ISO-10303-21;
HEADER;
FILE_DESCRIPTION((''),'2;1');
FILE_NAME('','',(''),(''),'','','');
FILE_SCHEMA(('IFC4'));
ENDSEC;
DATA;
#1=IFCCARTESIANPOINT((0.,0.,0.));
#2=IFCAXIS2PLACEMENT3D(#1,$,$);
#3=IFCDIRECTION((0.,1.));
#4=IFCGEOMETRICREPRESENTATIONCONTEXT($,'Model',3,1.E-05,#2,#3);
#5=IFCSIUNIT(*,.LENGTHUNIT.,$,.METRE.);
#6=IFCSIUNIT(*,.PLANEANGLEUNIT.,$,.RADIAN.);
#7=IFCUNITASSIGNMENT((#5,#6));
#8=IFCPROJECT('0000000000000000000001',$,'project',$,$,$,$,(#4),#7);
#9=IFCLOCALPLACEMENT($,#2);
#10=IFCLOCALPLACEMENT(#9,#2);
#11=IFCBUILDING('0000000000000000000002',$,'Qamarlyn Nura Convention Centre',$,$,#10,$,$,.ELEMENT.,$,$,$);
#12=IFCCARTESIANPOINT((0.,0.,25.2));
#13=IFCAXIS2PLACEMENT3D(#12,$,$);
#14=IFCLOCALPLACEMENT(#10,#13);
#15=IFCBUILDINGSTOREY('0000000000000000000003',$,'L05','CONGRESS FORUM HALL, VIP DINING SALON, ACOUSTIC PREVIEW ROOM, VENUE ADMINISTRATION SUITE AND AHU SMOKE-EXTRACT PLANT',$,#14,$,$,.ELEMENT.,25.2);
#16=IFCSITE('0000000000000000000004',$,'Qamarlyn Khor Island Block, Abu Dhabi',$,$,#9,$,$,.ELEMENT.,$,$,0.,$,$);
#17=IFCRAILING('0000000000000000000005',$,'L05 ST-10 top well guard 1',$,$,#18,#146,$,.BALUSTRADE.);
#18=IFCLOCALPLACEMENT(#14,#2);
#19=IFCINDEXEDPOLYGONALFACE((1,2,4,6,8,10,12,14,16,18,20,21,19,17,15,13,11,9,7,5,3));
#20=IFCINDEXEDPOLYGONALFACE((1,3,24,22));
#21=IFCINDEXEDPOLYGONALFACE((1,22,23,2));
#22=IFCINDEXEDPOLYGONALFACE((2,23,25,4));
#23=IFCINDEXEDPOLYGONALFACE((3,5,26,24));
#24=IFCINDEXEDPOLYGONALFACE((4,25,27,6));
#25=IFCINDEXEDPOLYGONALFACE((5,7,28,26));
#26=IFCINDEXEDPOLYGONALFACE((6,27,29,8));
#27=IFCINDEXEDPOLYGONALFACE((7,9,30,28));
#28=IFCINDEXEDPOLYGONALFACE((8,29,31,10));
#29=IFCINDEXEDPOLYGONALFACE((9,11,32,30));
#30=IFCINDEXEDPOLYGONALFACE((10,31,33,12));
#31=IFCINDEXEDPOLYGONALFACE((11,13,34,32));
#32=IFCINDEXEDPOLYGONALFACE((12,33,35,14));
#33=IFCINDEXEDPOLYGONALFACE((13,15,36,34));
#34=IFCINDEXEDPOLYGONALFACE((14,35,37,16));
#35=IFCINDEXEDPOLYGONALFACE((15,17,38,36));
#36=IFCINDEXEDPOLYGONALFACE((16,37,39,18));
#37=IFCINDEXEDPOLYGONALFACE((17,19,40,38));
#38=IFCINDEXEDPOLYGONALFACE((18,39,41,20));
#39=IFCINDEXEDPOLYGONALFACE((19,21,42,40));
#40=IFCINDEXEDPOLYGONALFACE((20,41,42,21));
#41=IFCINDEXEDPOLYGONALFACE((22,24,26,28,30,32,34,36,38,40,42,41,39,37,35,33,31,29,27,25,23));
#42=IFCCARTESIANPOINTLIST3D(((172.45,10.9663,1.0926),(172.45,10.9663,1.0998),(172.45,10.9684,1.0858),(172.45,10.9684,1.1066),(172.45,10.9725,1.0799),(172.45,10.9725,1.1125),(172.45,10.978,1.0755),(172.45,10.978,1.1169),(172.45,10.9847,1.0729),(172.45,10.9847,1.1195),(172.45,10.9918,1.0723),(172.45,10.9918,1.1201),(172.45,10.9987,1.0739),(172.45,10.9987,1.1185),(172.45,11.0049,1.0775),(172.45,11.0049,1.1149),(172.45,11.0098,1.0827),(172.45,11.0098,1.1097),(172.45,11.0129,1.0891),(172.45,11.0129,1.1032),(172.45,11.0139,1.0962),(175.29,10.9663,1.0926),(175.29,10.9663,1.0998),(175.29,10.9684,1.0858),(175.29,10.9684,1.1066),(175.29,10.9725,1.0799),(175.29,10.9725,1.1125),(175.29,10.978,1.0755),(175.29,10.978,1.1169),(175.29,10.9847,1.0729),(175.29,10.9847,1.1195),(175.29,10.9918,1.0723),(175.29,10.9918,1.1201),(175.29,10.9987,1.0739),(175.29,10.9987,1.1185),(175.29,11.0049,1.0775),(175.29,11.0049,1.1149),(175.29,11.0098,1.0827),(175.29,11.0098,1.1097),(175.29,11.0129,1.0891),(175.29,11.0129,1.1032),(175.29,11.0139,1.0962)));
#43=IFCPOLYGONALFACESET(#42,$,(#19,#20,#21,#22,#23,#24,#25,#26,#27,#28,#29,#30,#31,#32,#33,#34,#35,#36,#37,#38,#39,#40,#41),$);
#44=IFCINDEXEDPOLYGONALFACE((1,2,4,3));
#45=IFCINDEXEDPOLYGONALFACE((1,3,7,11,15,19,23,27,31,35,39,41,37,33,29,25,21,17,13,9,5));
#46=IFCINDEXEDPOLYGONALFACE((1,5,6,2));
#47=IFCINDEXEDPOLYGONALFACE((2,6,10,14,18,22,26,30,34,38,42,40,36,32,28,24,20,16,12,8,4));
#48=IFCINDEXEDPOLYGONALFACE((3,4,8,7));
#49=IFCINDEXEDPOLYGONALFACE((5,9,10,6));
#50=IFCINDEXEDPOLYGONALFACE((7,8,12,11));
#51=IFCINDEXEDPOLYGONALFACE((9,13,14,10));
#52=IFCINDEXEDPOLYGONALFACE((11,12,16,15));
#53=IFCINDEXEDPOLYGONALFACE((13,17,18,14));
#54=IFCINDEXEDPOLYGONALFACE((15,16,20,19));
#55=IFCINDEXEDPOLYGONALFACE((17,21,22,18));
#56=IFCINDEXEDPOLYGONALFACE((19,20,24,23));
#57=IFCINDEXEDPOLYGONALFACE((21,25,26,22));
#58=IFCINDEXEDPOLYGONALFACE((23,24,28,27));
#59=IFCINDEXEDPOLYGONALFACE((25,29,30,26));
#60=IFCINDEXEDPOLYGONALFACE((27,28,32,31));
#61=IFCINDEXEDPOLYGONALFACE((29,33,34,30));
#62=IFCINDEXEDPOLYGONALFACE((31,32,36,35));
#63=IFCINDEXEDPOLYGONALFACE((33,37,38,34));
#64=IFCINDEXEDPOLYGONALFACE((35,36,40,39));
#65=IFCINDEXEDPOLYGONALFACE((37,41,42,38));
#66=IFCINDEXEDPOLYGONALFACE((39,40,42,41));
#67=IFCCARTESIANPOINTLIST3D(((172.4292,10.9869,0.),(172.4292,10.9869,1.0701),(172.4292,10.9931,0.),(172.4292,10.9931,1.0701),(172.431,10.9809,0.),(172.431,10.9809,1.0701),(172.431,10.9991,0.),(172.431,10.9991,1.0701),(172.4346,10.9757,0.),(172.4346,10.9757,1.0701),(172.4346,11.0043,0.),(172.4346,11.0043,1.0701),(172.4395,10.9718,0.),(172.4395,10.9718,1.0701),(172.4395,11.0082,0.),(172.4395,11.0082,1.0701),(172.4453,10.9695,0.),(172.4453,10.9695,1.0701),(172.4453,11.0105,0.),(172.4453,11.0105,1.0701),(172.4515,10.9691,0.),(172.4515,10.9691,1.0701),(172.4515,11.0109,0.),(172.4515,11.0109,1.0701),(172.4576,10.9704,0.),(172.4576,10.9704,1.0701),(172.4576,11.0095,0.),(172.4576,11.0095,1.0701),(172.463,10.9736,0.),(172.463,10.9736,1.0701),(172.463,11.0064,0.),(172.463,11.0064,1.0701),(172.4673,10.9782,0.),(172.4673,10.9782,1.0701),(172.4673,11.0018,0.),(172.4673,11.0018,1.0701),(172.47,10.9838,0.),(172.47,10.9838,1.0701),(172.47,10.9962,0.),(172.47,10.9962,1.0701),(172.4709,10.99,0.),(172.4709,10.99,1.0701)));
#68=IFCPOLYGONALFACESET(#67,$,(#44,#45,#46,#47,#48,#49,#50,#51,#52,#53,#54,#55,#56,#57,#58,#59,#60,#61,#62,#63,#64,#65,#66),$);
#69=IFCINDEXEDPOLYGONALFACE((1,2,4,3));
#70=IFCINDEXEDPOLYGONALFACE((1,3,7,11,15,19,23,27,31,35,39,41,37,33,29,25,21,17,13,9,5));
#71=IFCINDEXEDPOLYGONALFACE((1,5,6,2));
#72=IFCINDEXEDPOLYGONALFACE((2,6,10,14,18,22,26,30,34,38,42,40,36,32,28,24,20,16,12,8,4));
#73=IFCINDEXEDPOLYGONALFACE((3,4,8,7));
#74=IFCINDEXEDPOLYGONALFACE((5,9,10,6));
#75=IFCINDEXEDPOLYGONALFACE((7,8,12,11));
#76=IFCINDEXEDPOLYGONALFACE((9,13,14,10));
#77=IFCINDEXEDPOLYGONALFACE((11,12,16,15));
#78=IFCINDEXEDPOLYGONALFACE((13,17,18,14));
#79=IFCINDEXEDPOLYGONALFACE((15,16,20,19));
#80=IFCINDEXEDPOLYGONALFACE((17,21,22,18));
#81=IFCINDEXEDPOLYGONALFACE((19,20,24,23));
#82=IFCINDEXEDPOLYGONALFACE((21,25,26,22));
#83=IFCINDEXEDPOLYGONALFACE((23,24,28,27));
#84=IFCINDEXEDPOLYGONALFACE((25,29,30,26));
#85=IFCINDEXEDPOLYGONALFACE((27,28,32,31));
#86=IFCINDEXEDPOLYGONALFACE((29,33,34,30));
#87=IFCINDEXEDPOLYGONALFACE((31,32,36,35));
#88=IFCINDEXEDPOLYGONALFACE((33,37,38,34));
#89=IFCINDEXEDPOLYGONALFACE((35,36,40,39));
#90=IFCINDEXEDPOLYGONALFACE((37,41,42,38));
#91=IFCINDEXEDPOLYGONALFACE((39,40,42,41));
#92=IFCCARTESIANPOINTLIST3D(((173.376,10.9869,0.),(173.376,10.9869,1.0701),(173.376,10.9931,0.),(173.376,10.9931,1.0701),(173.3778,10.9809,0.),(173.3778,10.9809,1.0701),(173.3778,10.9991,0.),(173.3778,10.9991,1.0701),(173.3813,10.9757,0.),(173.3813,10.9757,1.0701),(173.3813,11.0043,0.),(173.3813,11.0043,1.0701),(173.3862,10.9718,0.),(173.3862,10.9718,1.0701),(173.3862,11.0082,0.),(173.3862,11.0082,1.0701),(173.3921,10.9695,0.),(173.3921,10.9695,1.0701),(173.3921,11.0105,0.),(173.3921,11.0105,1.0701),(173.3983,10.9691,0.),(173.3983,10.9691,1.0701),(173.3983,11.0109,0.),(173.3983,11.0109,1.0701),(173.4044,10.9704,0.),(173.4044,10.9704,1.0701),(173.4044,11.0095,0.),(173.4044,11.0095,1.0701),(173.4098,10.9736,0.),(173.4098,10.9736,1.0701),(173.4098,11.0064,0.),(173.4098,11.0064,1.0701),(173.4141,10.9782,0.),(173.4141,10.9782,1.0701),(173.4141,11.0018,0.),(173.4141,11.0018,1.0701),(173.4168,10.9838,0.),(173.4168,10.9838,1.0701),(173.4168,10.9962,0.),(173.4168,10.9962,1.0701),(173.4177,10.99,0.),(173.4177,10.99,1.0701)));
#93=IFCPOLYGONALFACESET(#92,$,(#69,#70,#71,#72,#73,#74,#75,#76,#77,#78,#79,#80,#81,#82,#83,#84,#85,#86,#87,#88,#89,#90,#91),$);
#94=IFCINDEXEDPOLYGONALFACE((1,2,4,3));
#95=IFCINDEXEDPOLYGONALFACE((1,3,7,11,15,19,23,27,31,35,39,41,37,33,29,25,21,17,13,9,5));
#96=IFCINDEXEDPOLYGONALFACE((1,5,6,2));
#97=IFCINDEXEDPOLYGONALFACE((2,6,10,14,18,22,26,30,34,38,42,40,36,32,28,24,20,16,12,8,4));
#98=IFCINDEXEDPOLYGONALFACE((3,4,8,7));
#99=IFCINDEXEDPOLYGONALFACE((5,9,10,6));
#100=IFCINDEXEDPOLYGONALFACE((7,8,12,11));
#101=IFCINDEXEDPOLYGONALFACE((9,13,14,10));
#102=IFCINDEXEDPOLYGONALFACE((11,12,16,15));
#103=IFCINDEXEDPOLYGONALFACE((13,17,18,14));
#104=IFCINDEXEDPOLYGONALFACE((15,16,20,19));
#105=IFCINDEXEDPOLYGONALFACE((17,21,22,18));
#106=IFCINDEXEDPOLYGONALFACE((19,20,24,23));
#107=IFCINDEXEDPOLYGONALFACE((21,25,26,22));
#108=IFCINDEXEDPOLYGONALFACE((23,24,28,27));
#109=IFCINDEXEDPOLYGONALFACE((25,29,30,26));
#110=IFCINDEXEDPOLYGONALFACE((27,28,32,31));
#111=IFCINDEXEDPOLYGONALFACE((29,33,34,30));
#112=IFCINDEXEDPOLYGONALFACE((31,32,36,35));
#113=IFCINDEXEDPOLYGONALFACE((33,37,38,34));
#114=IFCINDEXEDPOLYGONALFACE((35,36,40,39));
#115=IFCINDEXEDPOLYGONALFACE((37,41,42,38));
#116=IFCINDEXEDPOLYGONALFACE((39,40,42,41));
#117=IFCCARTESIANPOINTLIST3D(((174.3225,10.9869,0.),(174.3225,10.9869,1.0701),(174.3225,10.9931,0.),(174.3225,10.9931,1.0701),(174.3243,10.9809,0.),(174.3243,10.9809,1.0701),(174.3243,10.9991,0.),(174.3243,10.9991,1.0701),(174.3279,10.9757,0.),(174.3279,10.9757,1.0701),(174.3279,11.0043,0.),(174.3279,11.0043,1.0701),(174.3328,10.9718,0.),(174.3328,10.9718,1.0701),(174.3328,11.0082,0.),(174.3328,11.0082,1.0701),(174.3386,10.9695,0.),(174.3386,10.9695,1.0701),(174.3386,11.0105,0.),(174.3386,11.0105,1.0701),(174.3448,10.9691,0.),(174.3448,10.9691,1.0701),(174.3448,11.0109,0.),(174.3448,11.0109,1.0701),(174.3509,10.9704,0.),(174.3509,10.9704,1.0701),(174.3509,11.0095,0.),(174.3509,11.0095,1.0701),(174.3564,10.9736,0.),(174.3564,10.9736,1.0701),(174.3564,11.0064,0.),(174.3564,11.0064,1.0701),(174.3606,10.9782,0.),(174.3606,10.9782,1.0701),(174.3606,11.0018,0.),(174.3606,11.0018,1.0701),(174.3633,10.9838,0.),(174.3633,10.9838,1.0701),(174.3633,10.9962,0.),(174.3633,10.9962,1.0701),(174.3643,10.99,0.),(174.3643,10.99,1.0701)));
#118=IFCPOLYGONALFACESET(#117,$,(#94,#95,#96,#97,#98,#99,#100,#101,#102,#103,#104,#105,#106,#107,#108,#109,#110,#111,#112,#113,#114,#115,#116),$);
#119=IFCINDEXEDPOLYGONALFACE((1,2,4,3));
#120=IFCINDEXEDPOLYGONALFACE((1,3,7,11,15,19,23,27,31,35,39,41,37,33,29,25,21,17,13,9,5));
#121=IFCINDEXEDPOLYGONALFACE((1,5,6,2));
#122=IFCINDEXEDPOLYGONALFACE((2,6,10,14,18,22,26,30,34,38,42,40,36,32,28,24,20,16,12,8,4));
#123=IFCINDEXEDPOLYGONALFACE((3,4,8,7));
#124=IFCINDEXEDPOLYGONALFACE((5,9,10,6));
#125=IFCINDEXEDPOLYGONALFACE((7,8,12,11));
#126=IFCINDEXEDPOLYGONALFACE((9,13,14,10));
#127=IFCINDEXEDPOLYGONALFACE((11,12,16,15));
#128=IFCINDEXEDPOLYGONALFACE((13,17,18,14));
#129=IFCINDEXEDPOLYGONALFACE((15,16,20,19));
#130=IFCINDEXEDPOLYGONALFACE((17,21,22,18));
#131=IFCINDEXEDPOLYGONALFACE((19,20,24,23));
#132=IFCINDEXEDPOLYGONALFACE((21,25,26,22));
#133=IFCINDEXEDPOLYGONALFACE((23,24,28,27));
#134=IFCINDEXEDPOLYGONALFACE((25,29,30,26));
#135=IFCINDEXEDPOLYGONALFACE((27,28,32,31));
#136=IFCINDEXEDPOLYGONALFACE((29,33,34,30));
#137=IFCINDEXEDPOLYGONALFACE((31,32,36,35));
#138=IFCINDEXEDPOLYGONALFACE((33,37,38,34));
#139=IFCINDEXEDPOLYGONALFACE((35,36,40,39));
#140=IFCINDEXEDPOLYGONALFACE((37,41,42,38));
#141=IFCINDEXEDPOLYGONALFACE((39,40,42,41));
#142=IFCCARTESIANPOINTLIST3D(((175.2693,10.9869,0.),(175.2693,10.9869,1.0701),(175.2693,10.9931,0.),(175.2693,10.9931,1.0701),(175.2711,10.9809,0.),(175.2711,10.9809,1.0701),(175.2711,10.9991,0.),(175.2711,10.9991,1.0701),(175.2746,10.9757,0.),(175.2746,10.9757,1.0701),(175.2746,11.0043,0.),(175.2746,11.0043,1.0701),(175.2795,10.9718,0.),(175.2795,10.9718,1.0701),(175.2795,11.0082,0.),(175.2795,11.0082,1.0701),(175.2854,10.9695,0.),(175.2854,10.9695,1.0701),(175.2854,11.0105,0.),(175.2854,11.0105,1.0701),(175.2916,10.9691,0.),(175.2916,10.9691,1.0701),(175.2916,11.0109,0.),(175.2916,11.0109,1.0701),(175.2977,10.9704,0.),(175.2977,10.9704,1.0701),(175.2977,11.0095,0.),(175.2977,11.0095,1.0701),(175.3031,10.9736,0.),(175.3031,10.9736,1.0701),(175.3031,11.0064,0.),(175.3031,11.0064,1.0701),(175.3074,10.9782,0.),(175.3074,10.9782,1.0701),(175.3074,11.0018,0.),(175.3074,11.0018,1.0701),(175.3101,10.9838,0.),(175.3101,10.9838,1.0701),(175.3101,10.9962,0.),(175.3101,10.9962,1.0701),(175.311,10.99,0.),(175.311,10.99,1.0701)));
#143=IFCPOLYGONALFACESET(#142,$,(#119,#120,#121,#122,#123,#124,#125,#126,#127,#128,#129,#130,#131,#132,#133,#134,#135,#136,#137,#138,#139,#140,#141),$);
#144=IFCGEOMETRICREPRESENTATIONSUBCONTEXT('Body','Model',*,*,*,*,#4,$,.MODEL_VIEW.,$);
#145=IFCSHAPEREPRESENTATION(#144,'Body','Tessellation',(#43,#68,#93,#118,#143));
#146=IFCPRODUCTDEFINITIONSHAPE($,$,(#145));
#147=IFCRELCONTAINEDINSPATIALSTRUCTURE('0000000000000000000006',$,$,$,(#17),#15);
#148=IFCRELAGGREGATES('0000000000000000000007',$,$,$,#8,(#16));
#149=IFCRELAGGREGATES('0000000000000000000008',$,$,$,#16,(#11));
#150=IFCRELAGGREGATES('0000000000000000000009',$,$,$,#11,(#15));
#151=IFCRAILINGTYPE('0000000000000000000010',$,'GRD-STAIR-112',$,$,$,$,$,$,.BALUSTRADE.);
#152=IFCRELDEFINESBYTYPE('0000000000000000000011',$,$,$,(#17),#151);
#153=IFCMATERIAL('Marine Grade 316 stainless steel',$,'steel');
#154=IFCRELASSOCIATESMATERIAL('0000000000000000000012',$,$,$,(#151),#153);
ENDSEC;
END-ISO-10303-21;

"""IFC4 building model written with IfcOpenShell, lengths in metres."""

from ifc_helpers import new_model, si_unit, direction, frame, origin, origin_2d, place, context, subcontext, project, spatial, circle, extrude, material, type_object, element, save


model = new_model("IFC4")

# Units and contexts
model_context = context("Model", 3, precision=1e-05, world=origin(), true_north=direction((0.0, 1.0)))
body_context = subcontext(model_context, "Body", "Model", "MODEL_VIEW")
ifc_project = project(units=[si_unit("LENGTHUNIT", "METRE"), si_unit("PLANEANGLEUNIT", "RADIAN")], contexts=[model_context])

# Site, building, storey
site_placement = place(None, origin())
site = spatial("IfcSite", under=ifc_project, at=site_placement, Name="Qamarlyn Khor Island Block, Abu Dhabi", CompositionType="ELEMENT", RefElevation=0.0)
building_placement = place(site_placement, origin())
building = spatial("IfcBuilding", under=site, at=building_placement, Name="Qamarlyn Nura Convention Centre", CompositionType="ELEMENT")
storey_placement = place(building_placement, frame((0.0, 0.0, 25.2)))
storey = spatial("IfcBuildingStorey", under=building, at=storey_placement, Name="L05", Description="CONGRESS FORUM HALL, VIP DINING SALON, ACOUSTIC PREVIEW ROOM, VENUE ADMINISTRATION SUITE AND AHU SMOKE-EXTRACT PLANT", CompositionType="ELEMENT", Elevation=25.2)

# Railing
ifc_material_1 = material(Name="Marine Grade 316 stainless steel", Category="steel")
railing_type = type_object("IfcRailingType", Name="GRD-STAIR-112", PredefinedType="BALUSTRADE", material=ifc_material_1)
railing_placement = place(storey_placement, frame((172.45, 10.99, 0.0)))
element("IfcRailing", 1, at=railing_placement, inside=storey, type_object=railing_type, Name="L05 ST-10 top well guard 1", PredefinedType="BALUSTRADE", context=body_context, shape_type="SweptSolid", body=[
    extrude(circle(Radius=0.0239, at=origin_2d()), frame((0.0, 0.0, 1.0962), z_axis=(1.0, 0.0, 0.0), x_axis=(0.0, 1.0, 0.0)), (0.0, 0.0, 1.0), 2.8401),
    extrude(circle(Radius=0.021, at=origin_2d()), origin(), (0.0, 0.0, 1.0), 1.0701),
    extrude(circle(Radius=0.021, at=origin_2d()), frame((0.9468, 0.0, 0.0)), (0.0, 0.0, 1.0), 1.0701),
    extrude(circle(Radius=0.021, at=origin_2d()), frame((1.8933, 0.0, 0.0)), (0.0, 0.0, 1.0), 1.0701),
    extrude(circle(Radius=0.021, at=origin_2d()), frame((2.8401, 0.0, 0.0)), (0.0, 0.0, 1.0), 1.0701),
])

save(model, "model.ifc")
